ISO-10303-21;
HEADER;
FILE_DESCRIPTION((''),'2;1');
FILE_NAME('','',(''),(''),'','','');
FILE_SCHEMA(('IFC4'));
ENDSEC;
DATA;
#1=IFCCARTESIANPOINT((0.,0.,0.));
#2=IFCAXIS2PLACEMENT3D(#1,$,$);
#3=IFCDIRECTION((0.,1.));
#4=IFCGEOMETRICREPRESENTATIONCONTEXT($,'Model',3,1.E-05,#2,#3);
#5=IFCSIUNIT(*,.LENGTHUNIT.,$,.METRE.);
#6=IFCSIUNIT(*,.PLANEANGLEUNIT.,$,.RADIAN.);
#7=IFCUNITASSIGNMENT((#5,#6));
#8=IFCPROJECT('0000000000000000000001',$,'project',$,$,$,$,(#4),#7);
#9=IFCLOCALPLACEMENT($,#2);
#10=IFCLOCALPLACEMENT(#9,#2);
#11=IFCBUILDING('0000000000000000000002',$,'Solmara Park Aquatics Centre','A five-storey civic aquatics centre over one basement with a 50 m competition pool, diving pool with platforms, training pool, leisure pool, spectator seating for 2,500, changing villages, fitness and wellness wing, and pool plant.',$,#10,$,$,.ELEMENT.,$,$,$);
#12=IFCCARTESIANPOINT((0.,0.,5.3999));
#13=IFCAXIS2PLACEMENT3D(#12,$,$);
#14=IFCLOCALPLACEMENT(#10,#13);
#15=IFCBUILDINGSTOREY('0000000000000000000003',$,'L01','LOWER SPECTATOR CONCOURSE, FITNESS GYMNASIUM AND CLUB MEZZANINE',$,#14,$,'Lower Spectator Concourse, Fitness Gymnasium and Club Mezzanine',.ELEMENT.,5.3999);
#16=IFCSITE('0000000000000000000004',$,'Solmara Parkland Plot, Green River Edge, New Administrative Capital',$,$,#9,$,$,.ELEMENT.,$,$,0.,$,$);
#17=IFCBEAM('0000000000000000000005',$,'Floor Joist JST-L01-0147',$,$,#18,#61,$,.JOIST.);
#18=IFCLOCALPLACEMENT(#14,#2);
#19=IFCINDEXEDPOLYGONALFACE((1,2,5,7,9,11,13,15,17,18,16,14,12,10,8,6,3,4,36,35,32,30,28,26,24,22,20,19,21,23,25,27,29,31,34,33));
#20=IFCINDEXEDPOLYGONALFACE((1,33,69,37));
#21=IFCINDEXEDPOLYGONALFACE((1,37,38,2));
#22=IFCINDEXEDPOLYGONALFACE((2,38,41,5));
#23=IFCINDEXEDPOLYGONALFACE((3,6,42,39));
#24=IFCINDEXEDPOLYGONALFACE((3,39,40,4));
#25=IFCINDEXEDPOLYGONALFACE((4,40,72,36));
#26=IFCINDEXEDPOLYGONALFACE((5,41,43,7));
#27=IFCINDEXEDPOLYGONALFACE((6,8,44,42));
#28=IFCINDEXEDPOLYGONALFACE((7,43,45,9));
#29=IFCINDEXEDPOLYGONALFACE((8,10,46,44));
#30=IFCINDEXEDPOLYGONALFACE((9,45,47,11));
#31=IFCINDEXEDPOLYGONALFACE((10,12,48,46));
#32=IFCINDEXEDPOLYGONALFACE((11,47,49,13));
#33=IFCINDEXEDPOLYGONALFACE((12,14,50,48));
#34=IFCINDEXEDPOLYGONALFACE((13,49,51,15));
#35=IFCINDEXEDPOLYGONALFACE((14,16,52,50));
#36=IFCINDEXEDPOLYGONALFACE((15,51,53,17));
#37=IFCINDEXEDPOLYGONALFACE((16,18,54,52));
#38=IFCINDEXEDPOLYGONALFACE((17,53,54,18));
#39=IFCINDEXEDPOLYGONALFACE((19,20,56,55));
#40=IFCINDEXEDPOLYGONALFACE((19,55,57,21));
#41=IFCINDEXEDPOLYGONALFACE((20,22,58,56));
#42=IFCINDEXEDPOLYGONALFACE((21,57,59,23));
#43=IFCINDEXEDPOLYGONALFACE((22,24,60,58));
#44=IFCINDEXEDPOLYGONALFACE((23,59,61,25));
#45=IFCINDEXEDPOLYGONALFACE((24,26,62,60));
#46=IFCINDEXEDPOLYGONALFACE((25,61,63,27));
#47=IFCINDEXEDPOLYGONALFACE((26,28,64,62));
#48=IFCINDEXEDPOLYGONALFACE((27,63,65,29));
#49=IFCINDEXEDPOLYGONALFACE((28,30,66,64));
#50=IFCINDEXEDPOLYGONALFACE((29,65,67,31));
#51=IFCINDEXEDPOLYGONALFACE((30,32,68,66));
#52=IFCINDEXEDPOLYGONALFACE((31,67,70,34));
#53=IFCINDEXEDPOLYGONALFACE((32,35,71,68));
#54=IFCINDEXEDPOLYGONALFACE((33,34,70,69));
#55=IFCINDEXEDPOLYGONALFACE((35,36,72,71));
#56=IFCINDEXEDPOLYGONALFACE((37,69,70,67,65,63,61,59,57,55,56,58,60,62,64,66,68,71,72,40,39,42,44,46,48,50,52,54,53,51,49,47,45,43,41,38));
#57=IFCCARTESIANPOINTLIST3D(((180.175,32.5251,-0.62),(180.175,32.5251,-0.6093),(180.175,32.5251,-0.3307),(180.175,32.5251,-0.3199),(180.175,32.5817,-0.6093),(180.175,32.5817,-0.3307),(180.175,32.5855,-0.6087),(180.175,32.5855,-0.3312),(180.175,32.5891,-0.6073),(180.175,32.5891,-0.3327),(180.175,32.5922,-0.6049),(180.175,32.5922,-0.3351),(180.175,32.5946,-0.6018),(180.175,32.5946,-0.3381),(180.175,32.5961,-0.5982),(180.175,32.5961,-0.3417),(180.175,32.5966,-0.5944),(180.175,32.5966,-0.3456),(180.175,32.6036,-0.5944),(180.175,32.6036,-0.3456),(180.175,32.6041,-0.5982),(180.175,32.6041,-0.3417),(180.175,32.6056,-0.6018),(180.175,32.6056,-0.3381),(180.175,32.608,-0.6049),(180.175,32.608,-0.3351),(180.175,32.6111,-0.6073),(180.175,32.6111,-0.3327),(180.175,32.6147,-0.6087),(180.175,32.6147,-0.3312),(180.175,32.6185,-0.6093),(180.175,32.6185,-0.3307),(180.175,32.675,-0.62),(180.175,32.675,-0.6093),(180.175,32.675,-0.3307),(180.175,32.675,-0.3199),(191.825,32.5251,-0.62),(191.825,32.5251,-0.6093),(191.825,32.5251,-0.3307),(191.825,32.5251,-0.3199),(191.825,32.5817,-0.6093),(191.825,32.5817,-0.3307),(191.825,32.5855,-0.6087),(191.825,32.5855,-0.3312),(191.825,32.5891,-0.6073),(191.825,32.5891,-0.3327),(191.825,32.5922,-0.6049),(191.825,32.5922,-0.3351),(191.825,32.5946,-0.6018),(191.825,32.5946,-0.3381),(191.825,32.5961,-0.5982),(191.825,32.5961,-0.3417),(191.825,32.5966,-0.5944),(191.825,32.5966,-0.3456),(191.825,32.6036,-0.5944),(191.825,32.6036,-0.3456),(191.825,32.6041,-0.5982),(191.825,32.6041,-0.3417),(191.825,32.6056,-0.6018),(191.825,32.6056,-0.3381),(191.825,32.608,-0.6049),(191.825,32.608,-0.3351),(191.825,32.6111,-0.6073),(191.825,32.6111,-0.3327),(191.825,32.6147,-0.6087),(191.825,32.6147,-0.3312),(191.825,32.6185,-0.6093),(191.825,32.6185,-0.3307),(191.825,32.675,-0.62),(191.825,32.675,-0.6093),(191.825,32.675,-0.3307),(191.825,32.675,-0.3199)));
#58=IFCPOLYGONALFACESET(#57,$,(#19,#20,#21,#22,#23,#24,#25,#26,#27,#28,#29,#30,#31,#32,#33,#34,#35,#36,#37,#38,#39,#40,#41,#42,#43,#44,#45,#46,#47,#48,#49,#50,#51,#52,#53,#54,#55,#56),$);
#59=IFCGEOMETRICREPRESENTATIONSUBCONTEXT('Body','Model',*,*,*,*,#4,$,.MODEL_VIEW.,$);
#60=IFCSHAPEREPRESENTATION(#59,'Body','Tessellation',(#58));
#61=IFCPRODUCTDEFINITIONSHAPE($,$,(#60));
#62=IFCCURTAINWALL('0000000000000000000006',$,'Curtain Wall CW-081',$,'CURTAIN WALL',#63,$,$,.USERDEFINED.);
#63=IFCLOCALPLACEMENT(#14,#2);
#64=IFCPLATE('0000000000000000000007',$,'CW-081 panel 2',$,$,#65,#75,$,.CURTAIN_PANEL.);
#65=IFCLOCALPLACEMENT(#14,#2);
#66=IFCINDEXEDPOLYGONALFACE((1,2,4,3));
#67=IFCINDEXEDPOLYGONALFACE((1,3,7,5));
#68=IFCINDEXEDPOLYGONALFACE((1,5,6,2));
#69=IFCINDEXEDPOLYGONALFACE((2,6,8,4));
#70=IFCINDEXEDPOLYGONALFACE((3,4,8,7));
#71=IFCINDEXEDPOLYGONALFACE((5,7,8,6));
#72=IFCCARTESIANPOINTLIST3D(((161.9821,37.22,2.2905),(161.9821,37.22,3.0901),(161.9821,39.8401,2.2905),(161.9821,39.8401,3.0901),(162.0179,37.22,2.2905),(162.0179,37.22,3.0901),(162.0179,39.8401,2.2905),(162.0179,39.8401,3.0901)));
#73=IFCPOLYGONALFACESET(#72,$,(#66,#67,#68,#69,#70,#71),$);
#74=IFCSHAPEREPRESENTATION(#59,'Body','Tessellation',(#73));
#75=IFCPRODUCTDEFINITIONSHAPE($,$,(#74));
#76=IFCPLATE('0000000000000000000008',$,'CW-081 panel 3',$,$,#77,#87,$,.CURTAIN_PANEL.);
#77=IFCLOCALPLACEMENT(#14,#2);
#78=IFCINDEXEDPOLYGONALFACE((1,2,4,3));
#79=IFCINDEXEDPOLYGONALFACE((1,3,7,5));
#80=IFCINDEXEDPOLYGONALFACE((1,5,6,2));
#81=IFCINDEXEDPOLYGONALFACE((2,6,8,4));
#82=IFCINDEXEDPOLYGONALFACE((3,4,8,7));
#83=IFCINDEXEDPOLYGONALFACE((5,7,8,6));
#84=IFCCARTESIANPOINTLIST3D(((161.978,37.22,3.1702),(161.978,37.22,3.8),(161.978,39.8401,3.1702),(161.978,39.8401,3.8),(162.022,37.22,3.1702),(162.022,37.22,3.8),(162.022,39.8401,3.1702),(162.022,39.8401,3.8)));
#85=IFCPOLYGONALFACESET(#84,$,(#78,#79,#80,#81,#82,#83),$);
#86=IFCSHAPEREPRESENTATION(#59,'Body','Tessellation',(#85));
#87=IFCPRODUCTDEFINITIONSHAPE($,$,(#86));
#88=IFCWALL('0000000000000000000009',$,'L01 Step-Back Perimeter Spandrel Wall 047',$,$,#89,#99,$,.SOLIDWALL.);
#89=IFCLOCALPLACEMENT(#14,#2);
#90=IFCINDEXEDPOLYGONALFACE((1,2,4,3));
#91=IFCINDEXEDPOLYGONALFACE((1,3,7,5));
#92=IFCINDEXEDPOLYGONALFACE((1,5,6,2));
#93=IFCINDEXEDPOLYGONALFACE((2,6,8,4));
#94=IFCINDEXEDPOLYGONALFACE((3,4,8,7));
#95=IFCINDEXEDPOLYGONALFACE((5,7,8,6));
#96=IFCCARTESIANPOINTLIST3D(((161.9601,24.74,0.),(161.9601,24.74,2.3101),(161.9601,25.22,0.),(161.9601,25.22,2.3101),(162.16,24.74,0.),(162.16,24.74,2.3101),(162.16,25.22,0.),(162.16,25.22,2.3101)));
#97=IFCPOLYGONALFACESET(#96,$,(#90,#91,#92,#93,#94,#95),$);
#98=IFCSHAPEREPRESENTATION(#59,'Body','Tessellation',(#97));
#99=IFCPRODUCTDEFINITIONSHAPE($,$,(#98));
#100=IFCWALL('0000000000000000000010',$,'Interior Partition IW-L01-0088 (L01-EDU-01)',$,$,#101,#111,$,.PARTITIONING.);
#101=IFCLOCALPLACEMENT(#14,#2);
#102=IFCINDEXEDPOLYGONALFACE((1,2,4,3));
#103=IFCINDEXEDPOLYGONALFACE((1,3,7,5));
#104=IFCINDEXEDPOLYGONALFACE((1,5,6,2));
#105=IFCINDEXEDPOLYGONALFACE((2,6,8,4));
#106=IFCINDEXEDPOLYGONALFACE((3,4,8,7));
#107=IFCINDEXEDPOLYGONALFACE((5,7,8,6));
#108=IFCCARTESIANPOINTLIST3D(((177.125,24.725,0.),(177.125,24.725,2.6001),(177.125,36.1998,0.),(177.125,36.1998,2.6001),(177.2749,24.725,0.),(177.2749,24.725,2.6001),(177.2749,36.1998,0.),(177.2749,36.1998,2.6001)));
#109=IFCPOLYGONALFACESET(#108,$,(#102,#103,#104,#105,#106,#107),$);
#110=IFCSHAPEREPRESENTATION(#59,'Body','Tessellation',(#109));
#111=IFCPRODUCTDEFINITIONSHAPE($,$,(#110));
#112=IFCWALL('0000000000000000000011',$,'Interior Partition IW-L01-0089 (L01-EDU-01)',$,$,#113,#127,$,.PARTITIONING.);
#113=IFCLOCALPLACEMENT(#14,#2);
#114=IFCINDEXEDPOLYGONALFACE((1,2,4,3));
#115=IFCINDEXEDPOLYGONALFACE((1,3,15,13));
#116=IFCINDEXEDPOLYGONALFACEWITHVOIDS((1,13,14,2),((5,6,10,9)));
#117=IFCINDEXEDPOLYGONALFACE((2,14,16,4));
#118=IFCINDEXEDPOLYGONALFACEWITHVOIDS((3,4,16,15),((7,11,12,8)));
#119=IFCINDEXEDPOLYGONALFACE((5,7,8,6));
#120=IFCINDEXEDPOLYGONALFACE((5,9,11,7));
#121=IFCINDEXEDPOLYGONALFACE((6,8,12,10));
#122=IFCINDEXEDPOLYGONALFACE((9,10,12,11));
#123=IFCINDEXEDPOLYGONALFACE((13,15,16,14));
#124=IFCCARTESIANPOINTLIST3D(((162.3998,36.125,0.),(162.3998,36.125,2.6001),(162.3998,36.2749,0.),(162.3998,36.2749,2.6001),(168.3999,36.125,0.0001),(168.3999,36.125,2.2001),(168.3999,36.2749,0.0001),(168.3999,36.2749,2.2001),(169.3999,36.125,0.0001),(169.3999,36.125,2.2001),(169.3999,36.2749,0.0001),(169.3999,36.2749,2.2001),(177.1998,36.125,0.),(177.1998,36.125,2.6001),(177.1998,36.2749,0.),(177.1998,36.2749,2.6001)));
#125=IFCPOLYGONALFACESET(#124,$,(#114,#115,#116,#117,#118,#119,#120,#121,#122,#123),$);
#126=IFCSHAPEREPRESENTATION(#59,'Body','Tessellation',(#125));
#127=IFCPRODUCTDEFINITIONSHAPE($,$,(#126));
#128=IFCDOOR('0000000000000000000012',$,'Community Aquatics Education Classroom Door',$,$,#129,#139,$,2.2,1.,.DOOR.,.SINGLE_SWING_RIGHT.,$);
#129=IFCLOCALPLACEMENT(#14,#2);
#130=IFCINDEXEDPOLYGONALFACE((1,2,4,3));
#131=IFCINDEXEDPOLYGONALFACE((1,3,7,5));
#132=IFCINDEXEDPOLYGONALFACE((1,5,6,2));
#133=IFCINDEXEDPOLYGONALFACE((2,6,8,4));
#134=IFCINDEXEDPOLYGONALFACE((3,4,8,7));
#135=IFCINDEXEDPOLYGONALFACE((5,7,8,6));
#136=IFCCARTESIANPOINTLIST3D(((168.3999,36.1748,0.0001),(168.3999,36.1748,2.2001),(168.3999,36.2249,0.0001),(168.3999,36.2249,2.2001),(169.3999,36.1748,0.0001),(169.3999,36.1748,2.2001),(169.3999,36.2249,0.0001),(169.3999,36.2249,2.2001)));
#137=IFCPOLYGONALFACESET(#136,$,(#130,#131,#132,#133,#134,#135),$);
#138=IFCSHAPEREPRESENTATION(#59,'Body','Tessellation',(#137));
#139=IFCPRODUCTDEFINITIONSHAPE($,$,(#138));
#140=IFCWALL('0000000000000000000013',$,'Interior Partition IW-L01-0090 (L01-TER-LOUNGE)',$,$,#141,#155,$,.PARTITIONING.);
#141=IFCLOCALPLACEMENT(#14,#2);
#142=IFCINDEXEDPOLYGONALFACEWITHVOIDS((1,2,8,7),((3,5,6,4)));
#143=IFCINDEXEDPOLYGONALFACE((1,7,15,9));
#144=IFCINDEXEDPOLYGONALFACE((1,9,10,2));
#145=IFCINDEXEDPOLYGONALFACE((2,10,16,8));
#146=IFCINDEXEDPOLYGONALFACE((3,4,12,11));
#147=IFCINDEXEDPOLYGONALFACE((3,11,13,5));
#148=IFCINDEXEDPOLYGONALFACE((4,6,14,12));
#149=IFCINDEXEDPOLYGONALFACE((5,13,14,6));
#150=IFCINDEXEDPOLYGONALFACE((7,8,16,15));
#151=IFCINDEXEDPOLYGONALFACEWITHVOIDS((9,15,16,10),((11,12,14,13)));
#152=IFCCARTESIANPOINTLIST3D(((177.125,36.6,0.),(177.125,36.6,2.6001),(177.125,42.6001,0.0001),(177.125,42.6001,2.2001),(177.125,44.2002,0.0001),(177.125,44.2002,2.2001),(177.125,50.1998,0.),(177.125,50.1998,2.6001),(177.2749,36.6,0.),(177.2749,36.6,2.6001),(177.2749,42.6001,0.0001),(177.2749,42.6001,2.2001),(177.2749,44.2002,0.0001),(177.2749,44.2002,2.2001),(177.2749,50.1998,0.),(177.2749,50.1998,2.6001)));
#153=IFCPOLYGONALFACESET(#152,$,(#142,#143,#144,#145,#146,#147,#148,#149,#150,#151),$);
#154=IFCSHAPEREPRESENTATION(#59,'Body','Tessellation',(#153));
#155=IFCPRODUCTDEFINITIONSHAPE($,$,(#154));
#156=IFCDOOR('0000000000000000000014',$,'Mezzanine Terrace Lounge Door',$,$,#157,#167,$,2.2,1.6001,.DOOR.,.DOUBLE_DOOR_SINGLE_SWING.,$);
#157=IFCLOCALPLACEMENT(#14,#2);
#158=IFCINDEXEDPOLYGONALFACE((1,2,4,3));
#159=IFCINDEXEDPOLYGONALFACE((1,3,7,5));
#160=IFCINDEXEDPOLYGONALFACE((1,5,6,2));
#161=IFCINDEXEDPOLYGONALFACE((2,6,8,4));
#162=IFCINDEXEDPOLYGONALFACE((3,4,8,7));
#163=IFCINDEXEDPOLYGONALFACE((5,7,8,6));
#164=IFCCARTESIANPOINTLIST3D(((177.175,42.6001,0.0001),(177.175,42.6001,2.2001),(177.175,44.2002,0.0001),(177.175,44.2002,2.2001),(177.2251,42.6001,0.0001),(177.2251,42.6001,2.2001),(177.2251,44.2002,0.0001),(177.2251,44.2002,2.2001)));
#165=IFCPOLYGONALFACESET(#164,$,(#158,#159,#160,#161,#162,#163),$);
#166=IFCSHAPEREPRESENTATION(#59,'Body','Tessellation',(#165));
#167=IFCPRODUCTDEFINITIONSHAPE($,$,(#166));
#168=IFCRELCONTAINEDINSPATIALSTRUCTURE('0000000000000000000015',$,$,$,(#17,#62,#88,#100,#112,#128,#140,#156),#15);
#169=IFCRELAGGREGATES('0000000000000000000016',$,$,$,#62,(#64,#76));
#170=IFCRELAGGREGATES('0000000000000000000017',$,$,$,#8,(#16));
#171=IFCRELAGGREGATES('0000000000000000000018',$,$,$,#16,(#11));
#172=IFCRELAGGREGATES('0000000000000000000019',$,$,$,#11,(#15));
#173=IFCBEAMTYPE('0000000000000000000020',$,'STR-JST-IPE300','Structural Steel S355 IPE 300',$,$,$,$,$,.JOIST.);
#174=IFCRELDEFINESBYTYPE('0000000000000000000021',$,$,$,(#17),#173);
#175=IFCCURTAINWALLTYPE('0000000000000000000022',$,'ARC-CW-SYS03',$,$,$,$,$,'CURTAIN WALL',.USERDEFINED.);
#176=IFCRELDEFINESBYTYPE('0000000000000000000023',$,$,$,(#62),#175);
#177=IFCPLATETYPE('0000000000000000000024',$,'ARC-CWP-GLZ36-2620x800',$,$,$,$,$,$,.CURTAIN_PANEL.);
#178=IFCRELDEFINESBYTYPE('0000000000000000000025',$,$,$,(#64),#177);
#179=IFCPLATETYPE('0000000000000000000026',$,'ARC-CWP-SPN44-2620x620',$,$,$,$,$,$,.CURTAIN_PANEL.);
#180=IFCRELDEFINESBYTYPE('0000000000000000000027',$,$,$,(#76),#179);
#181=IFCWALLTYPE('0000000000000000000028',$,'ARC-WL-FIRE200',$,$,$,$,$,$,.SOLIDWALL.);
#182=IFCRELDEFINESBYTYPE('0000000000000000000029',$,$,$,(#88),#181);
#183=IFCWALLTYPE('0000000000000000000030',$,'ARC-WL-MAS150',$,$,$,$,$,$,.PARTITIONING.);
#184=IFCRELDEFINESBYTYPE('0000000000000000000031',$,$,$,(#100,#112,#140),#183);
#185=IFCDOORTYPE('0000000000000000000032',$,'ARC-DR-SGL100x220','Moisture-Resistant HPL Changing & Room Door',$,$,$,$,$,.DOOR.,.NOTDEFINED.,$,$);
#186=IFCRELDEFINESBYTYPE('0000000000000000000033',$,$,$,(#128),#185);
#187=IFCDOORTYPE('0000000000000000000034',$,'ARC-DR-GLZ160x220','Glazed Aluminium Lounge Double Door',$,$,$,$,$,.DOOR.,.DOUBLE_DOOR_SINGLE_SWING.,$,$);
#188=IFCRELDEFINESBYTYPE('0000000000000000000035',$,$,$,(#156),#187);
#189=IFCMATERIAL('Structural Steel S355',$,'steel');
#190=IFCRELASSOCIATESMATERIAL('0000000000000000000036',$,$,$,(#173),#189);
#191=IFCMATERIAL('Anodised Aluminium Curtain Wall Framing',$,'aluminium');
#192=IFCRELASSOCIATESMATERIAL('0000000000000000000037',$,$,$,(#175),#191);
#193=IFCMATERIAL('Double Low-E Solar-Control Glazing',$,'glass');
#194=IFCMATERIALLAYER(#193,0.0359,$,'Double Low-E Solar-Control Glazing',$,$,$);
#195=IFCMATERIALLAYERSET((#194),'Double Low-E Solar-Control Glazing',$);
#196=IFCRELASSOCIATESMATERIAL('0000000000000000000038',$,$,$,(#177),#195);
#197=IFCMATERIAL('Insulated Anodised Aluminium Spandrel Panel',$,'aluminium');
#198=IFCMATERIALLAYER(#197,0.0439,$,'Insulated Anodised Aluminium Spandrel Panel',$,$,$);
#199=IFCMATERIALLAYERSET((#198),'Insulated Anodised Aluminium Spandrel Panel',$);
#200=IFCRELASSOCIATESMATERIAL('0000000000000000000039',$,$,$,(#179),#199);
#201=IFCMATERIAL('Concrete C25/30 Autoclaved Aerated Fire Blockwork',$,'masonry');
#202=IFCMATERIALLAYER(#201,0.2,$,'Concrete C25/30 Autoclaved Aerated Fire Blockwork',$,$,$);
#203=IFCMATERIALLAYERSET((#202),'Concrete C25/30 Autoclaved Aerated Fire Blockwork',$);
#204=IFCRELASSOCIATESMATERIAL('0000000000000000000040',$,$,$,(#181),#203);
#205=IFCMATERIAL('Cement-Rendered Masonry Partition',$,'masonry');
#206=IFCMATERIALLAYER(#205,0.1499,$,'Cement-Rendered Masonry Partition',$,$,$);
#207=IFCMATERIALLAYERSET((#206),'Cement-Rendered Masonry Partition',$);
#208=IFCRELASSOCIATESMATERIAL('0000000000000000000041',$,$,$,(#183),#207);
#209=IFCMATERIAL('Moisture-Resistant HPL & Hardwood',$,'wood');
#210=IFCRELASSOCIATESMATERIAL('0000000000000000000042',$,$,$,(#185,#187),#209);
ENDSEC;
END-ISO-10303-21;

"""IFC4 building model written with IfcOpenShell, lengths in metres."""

from ifc_helpers import new_model, si_unit, direction, frame, frame_2d, origin, origin_2d, place, context, subcontext, project, spatial, rectangle, i_section, extrude, material, layer, layer_set, material_profile, profile_set, type_object, element, fill, aggregate, save


model = new_model("IFC4")

# Units and contexts
model_context = context("Model", 3, precision=1e-05, world=origin(), true_north=direction((0.0, 1.0)))
body_context = subcontext(model_context, "Body", "Model", "MODEL_VIEW")
ifc_project = project(units=[si_unit("LENGTHUNIT", "METRE"), si_unit("PLANEANGLEUNIT", "RADIAN")], contexts=[model_context])

# Site, building, storey
site_placement = place(None, origin())
site = spatial("IfcSite", under=ifc_project, at=site_placement, Name="Solmara Parkland Plot, Green River Edge, New Administrative Capital", CompositionType="ELEMENT", RefElevation=0.0)
building_placement = place(site_placement, origin())
building = spatial("IfcBuilding", under=site, at=building_placement, Name="Solmara Park Aquatics Centre", Description="A five-storey civic aquatics centre over one basement with a 50 m competition pool, diving pool with platforms, training pool, leisure pool, spectator seating for 2,500, changing villages, fitness and wellness wing, and pool plant.", CompositionType="ELEMENT")
storey_placement = place(building_placement, frame((0.0, 0.0, 5.3999)))
storey = spatial("IfcBuildingStorey", under=building, at=storey_placement, Name="L01", Description="LOWER SPECTATOR CONCOURSE, FITNESS GYMNASIUM AND CLUB MEZZANINE", LongName="Lower Spectator Concourse, Fitness Gymnasium and Club Mezzanine", CompositionType="ELEMENT", Elevation=5.3999)

# Shared definitions
ifc_material_1 = material(Name="Structural Steel S355", Category="steel")

# Shared definitions
ifc_material_2 = material(Name="Anodised Aluminium Curtain Wall Framing", Category="aluminium")

# Beam
ifc_material_profile_1 = material_profile(ifc_material_1, i_section(OverallWidth=0.1499, OverallDepth=0.3, WebThickness=0.0071, FlangeThickness=0.0107, FilletRadius=0.0149, at=origin_2d()), Name="IPE 300")
ifc_profile_set_1 = profile_set([ifc_material_profile_1], Name="Structural Steel S355")
beam_type_1 = type_object("IfcBeamType", Name="STR-JST-IPE300", Description="Structural Steel S355 IPE 300", PredefinedType="JOIST", material=ifc_profile_set_1)
for number, where, z_axis, x_axis, name in (
    (1, (180.175, 32.6001, -0.47), (1.0, 0.0, 0.0), (0.0, 1.0, 0.0), "Floor Joist JST-L01-0147"),
):
    element("IfcBeam", number, at=place(storey_placement, frame(where, z_axis=z_axis, x_axis=x_axis)), inside=storey, type_object=beam_type_1, Name=name, PredefinedType="JOIST", context=body_context, shape_type="SweptSolid", body=[
        extrude(i_section(OverallWidth=0.1499, OverallDepth=0.3, WebThickness=0.0071, FlangeThickness=0.0107, FilletRadius=0.0149, at=origin_2d()), origin(), (0.0, 0.0, 1.0), 11.6499),
    ])

# Curtain wall, plates
curtain_wall_type_1 = type_object("IfcCurtainWallType", Name="ARC-CW-SYS03", ElementType="CURTAIN WALL", PredefinedType="USERDEFINED", material=ifc_material_2)
curtain_wall_1_placement = place(storey_placement, origin())
curtain_wall_1 = element("IfcCurtainWall", 2, at=curtain_wall_1_placement, inside=storey, type_object=curtain_wall_type_1, Name="Curtain Wall CW-081", ObjectType="CURTAIN WALL", PredefinedType="USERDEFINED")
ifc_material_3 = material(Name="Double Low-E Solar-Control Glazing", Category="glass")
ifc_layer_1 = layer(ifc_material_3, 0.0359, Name="Double Low-E Solar-Control Glazing")
ifc_layer_set_1 = layer_set([ifc_layer_1], Name="Double Low-E Solar-Control Glazing")
plate_type_1 = type_object("IfcPlateType", Name="ARC-CWP-GLZ36-2620x800", PredefinedType="CURTAIN_PANEL", material=ifc_layer_set_1)
plate_1_placement = place(storey_placement, frame((162.0, 38.53, 2.2905), z_axis=(0.0, 0.0, 1.0), x_axis=(0.0, 1.0, 0.0)))
plate_1 = element("IfcPlate", 3, at=plate_1_placement, type_object=plate_type_1, Name="CW-081 panel 2", PredefinedType="CURTAIN_PANEL", context=body_context, shape_type="SweptSolid", body=[
    extrude(rectangle(XDim=2.6201, YDim=0.0359, at=origin_2d()), origin(), (0.0, 0.0, 1.0), 0.7996),
])
ifc_material_4 = material(Name="Insulated Anodised Aluminium Spandrel Panel", Category="aluminium")
ifc_layer_2 = layer(ifc_material_4, 0.0439, Name="Insulated Anodised Aluminium Spandrel Panel")
ifc_layer_set_2 = layer_set([ifc_layer_2], Name="Insulated Anodised Aluminium Spandrel Panel")
plate_type_2 = type_object("IfcPlateType", Name="ARC-CWP-SPN44-2620x620", PredefinedType="CURTAIN_PANEL", material=ifc_layer_set_2)
plate_2_placement = place(storey_placement, frame((162.0, 38.53, 3.1702), z_axis=(0.0, 0.0, 1.0), x_axis=(0.0, 1.0, 0.0)))
plate_2 = element("IfcPlate", 4, at=plate_2_placement, type_object=plate_type_2, Name="CW-081 panel 3", PredefinedType="CURTAIN_PANEL", context=body_context, shape_type="SweptSolid", body=[
    extrude(rectangle(XDim=2.6201, YDim=0.0439, at=origin_2d()), origin(), (0.0, 0.0, 1.0), 0.6299),
])
aggregate(curtain_wall_1, [plate_1, plate_2])

# Walls
ifc_material_5 = material(Name="Concrete C25/30 Autoclaved Aerated Fire Blockwork", Category="masonry")
ifc_layer_3 = layer(ifc_material_5, 0.2, Name="Concrete C25/30 Autoclaved Aerated Fire Blockwork")
ifc_layer_set_3 = layer_set([ifc_layer_3], Name="Concrete C25/30 Autoclaved Aerated Fire Blockwork")
wall_type_1 = type_object("IfcWallType", Name="ARC-WL-FIRE200", PredefinedType="SOLIDWALL", material=ifc_layer_set_3)
wall_1_placement = place(storey_placement, frame((162.0601, 24.74, 0.0), z_axis=(0.0, 0.0, 1.0), x_axis=(0.0, 1.0, 0.0)))
element("IfcWall", 5, at=wall_1_placement, inside=storey, type_object=wall_type_1, Name="L01 Step-Back Perimeter Spandrel Wall 047", PredefinedType="SOLIDWALL", context=body_context, shape_type="SweptSolid", body=[
    extrude(rectangle(XDim=0.48, YDim=0.2, at=frame_2d((0.24, 0.0))), origin(), (0.0, 0.0, 1.0), 2.3101),
])
ifc_material_6 = material(Name="Cement-Rendered Masonry Partition", Category="masonry")
ifc_layer_4 = layer(ifc_material_6, 0.1499, Name="Cement-Rendered Masonry Partition")
ifc_layer_set_4 = layer_set([ifc_layer_4], Name="Cement-Rendered Masonry Partition")
wall_type_2 = type_object("IfcWallType", Name="ARC-WL-MAS150", PredefinedType="PARTITIONING", material=ifc_layer_set_4)
wall_2_placement = place(storey_placement, frame((177.2, 24.7251, 0.0), z_axis=(0.0, 0.0, 1.0), x_axis=(0.0, 1.0, 0.0)))
element("IfcWall", 6, at=wall_2_placement, inside=storey, type_object=wall_type_2, Name="Interior Partition IW-L01-0088 (L01-EDU-01)", PredefinedType="PARTITIONING", context=body_context, shape_type="SweptSolid", body=[
    extrude(rectangle(XDim=11.4749, YDim=0.1499, at=frame_2d((5.7373, 0.0))), origin(), (0.0, 0.0, 1.0), 2.6001),
])

# Walls, openings, doors
wall_3_placement = place(storey_placement, frame((162.3999, 36.2, 0.0), z_axis=(0.0, 0.0, 1.0), x_axis=(1.0, 0.0, 0.0)))
wall_3 = element("IfcWall", 7, at=wall_3_placement, inside=storey, type_object=wall_type_2, Name="Interior Partition IW-L01-0089 (L01-EDU-01)", PredefinedType="PARTITIONING", context=body_context, shape_type="SweptSolid", body=[
    extrude(rectangle(XDim=14.8, YDim=0.1499, at=frame_2d((7.3999, 0.0))), origin(), (0.0, 0.0, 1.0), 2.6001),
])
opening_1_placement = place(wall_3_placement, frame((6.0, 0.0, 0.0)))
opening_1 = element("IfcOpeningElement", 8, at=opening_1_placement, cuts=wall_3, PredefinedType="OPENING", context=body_context, shape_type="SweptSolid", body=[
    extrude(rectangle(XDim=1.0, YDim=2.2, at=frame_2d((0.5, 1.1001))), frame((0.0, 0.085, 0.0), z_axis=(0.0, -1.0, 0.0), x_axis=(1.0, 0.0, 0.0)), (0.0, 0.0, 1.0), 0.1699),
])
ifc_material_7 = material(Name="Moisture-Resistant HPL & Hardwood", Category="wood")
door_type_1 = type_object("IfcDoorType", Name="ARC-DR-SGL100x220", Description="Moisture-Resistant HPL Changing & Room Door", OperationType="NOTDEFINED", PredefinedType="DOOR", material=ifc_material_7)
door_1_placement = place(opening_1_placement, origin())
door_1 = element("IfcDoor", 9, at=door_1_placement, inside=storey, type_object=door_type_1, Name="Community Aquatics Education Classroom Door", OperationType="SINGLE_SWING_RIGHT", OverallHeight=2.2, OverallWidth=1.0, PredefinedType="DOOR", context=body_context, shape_type="SweptSolid", body=[
    extrude(rectangle(XDim=1.0, YDim=2.2, at=frame_2d((0.5, 1.1001))), frame((0.0, 0.0249, 0.0), z_axis=(0.0, -1.0, 0.0), x_axis=(1.0, 0.0, 0.0)), (0.0, 0.0, 1.0), 0.05),
])
fill(opening_1, door_1)
wall_4_placement = place(storey_placement, frame((177.2, 36.6001, 0.0), z_axis=(0.0, 0.0, 1.0), x_axis=(0.0, 1.0, 0.0)))
wall_4 = element("IfcWall", 10, at=wall_4_placement, inside=storey, type_object=wall_type_2, Name="Interior Partition IW-L01-0090 (L01-TER-LOUNGE)", PredefinedType="PARTITIONING", context=body_context, shape_type="SweptSolid", body=[
    extrude(rectangle(XDim=13.5999, YDim=0.1499, at=frame_2d((6.7998, 0.0))), origin(), (0.0, 0.0, 1.0), 2.6001),
])
opening_2_placement = place(wall_4_placement, frame((6.0, 0.0, 0.0)))
opening_2 = element("IfcOpeningElement", 11, at=opening_2_placement, cuts=wall_4, PredefinedType="OPENING", context=body_context, shape_type="SweptSolid", body=[
    extrude(rectangle(XDim=1.6001, YDim=2.2, at=frame_2d((0.8, 1.1001))), frame((0.0, 0.085, 0.0), z_axis=(0.0, -1.0, 0.0), x_axis=(1.0, 0.0, 0.0)), (0.0, 0.0, 1.0), 0.1699),
])
door_type_2 = type_object("IfcDoorType", Name="ARC-DR-GLZ160x220", Description="Glazed Aluminium Lounge Double Door", OperationType="DOUBLE_DOOR_SINGLE_SWING", PredefinedType="DOOR", material=ifc_material_7)
door_2_placement = place(opening_2_placement, origin())
door_2 = element("IfcDoor", 12, at=door_2_placement, inside=storey, type_object=door_type_2, Name="Mezzanine Terrace Lounge Door", OperationType="DOUBLE_DOOR_SINGLE_SWING", OverallHeight=2.2, OverallWidth=1.6001, PredefinedType="DOOR", context=body_context, shape_type="SweptSolid", body=[
    extrude(rectangle(XDim=1.6001, YDim=2.2, at=frame_2d((0.8, 1.1001))), frame((0.0, 0.0249, 0.0), z_axis=(0.0, -1.0, 0.0), x_axis=(1.0, 0.0, 0.0)), (0.0, 0.0, 1.0), 0.05),
])
fill(opening_2, door_2)

save(model, "model.ifc")
